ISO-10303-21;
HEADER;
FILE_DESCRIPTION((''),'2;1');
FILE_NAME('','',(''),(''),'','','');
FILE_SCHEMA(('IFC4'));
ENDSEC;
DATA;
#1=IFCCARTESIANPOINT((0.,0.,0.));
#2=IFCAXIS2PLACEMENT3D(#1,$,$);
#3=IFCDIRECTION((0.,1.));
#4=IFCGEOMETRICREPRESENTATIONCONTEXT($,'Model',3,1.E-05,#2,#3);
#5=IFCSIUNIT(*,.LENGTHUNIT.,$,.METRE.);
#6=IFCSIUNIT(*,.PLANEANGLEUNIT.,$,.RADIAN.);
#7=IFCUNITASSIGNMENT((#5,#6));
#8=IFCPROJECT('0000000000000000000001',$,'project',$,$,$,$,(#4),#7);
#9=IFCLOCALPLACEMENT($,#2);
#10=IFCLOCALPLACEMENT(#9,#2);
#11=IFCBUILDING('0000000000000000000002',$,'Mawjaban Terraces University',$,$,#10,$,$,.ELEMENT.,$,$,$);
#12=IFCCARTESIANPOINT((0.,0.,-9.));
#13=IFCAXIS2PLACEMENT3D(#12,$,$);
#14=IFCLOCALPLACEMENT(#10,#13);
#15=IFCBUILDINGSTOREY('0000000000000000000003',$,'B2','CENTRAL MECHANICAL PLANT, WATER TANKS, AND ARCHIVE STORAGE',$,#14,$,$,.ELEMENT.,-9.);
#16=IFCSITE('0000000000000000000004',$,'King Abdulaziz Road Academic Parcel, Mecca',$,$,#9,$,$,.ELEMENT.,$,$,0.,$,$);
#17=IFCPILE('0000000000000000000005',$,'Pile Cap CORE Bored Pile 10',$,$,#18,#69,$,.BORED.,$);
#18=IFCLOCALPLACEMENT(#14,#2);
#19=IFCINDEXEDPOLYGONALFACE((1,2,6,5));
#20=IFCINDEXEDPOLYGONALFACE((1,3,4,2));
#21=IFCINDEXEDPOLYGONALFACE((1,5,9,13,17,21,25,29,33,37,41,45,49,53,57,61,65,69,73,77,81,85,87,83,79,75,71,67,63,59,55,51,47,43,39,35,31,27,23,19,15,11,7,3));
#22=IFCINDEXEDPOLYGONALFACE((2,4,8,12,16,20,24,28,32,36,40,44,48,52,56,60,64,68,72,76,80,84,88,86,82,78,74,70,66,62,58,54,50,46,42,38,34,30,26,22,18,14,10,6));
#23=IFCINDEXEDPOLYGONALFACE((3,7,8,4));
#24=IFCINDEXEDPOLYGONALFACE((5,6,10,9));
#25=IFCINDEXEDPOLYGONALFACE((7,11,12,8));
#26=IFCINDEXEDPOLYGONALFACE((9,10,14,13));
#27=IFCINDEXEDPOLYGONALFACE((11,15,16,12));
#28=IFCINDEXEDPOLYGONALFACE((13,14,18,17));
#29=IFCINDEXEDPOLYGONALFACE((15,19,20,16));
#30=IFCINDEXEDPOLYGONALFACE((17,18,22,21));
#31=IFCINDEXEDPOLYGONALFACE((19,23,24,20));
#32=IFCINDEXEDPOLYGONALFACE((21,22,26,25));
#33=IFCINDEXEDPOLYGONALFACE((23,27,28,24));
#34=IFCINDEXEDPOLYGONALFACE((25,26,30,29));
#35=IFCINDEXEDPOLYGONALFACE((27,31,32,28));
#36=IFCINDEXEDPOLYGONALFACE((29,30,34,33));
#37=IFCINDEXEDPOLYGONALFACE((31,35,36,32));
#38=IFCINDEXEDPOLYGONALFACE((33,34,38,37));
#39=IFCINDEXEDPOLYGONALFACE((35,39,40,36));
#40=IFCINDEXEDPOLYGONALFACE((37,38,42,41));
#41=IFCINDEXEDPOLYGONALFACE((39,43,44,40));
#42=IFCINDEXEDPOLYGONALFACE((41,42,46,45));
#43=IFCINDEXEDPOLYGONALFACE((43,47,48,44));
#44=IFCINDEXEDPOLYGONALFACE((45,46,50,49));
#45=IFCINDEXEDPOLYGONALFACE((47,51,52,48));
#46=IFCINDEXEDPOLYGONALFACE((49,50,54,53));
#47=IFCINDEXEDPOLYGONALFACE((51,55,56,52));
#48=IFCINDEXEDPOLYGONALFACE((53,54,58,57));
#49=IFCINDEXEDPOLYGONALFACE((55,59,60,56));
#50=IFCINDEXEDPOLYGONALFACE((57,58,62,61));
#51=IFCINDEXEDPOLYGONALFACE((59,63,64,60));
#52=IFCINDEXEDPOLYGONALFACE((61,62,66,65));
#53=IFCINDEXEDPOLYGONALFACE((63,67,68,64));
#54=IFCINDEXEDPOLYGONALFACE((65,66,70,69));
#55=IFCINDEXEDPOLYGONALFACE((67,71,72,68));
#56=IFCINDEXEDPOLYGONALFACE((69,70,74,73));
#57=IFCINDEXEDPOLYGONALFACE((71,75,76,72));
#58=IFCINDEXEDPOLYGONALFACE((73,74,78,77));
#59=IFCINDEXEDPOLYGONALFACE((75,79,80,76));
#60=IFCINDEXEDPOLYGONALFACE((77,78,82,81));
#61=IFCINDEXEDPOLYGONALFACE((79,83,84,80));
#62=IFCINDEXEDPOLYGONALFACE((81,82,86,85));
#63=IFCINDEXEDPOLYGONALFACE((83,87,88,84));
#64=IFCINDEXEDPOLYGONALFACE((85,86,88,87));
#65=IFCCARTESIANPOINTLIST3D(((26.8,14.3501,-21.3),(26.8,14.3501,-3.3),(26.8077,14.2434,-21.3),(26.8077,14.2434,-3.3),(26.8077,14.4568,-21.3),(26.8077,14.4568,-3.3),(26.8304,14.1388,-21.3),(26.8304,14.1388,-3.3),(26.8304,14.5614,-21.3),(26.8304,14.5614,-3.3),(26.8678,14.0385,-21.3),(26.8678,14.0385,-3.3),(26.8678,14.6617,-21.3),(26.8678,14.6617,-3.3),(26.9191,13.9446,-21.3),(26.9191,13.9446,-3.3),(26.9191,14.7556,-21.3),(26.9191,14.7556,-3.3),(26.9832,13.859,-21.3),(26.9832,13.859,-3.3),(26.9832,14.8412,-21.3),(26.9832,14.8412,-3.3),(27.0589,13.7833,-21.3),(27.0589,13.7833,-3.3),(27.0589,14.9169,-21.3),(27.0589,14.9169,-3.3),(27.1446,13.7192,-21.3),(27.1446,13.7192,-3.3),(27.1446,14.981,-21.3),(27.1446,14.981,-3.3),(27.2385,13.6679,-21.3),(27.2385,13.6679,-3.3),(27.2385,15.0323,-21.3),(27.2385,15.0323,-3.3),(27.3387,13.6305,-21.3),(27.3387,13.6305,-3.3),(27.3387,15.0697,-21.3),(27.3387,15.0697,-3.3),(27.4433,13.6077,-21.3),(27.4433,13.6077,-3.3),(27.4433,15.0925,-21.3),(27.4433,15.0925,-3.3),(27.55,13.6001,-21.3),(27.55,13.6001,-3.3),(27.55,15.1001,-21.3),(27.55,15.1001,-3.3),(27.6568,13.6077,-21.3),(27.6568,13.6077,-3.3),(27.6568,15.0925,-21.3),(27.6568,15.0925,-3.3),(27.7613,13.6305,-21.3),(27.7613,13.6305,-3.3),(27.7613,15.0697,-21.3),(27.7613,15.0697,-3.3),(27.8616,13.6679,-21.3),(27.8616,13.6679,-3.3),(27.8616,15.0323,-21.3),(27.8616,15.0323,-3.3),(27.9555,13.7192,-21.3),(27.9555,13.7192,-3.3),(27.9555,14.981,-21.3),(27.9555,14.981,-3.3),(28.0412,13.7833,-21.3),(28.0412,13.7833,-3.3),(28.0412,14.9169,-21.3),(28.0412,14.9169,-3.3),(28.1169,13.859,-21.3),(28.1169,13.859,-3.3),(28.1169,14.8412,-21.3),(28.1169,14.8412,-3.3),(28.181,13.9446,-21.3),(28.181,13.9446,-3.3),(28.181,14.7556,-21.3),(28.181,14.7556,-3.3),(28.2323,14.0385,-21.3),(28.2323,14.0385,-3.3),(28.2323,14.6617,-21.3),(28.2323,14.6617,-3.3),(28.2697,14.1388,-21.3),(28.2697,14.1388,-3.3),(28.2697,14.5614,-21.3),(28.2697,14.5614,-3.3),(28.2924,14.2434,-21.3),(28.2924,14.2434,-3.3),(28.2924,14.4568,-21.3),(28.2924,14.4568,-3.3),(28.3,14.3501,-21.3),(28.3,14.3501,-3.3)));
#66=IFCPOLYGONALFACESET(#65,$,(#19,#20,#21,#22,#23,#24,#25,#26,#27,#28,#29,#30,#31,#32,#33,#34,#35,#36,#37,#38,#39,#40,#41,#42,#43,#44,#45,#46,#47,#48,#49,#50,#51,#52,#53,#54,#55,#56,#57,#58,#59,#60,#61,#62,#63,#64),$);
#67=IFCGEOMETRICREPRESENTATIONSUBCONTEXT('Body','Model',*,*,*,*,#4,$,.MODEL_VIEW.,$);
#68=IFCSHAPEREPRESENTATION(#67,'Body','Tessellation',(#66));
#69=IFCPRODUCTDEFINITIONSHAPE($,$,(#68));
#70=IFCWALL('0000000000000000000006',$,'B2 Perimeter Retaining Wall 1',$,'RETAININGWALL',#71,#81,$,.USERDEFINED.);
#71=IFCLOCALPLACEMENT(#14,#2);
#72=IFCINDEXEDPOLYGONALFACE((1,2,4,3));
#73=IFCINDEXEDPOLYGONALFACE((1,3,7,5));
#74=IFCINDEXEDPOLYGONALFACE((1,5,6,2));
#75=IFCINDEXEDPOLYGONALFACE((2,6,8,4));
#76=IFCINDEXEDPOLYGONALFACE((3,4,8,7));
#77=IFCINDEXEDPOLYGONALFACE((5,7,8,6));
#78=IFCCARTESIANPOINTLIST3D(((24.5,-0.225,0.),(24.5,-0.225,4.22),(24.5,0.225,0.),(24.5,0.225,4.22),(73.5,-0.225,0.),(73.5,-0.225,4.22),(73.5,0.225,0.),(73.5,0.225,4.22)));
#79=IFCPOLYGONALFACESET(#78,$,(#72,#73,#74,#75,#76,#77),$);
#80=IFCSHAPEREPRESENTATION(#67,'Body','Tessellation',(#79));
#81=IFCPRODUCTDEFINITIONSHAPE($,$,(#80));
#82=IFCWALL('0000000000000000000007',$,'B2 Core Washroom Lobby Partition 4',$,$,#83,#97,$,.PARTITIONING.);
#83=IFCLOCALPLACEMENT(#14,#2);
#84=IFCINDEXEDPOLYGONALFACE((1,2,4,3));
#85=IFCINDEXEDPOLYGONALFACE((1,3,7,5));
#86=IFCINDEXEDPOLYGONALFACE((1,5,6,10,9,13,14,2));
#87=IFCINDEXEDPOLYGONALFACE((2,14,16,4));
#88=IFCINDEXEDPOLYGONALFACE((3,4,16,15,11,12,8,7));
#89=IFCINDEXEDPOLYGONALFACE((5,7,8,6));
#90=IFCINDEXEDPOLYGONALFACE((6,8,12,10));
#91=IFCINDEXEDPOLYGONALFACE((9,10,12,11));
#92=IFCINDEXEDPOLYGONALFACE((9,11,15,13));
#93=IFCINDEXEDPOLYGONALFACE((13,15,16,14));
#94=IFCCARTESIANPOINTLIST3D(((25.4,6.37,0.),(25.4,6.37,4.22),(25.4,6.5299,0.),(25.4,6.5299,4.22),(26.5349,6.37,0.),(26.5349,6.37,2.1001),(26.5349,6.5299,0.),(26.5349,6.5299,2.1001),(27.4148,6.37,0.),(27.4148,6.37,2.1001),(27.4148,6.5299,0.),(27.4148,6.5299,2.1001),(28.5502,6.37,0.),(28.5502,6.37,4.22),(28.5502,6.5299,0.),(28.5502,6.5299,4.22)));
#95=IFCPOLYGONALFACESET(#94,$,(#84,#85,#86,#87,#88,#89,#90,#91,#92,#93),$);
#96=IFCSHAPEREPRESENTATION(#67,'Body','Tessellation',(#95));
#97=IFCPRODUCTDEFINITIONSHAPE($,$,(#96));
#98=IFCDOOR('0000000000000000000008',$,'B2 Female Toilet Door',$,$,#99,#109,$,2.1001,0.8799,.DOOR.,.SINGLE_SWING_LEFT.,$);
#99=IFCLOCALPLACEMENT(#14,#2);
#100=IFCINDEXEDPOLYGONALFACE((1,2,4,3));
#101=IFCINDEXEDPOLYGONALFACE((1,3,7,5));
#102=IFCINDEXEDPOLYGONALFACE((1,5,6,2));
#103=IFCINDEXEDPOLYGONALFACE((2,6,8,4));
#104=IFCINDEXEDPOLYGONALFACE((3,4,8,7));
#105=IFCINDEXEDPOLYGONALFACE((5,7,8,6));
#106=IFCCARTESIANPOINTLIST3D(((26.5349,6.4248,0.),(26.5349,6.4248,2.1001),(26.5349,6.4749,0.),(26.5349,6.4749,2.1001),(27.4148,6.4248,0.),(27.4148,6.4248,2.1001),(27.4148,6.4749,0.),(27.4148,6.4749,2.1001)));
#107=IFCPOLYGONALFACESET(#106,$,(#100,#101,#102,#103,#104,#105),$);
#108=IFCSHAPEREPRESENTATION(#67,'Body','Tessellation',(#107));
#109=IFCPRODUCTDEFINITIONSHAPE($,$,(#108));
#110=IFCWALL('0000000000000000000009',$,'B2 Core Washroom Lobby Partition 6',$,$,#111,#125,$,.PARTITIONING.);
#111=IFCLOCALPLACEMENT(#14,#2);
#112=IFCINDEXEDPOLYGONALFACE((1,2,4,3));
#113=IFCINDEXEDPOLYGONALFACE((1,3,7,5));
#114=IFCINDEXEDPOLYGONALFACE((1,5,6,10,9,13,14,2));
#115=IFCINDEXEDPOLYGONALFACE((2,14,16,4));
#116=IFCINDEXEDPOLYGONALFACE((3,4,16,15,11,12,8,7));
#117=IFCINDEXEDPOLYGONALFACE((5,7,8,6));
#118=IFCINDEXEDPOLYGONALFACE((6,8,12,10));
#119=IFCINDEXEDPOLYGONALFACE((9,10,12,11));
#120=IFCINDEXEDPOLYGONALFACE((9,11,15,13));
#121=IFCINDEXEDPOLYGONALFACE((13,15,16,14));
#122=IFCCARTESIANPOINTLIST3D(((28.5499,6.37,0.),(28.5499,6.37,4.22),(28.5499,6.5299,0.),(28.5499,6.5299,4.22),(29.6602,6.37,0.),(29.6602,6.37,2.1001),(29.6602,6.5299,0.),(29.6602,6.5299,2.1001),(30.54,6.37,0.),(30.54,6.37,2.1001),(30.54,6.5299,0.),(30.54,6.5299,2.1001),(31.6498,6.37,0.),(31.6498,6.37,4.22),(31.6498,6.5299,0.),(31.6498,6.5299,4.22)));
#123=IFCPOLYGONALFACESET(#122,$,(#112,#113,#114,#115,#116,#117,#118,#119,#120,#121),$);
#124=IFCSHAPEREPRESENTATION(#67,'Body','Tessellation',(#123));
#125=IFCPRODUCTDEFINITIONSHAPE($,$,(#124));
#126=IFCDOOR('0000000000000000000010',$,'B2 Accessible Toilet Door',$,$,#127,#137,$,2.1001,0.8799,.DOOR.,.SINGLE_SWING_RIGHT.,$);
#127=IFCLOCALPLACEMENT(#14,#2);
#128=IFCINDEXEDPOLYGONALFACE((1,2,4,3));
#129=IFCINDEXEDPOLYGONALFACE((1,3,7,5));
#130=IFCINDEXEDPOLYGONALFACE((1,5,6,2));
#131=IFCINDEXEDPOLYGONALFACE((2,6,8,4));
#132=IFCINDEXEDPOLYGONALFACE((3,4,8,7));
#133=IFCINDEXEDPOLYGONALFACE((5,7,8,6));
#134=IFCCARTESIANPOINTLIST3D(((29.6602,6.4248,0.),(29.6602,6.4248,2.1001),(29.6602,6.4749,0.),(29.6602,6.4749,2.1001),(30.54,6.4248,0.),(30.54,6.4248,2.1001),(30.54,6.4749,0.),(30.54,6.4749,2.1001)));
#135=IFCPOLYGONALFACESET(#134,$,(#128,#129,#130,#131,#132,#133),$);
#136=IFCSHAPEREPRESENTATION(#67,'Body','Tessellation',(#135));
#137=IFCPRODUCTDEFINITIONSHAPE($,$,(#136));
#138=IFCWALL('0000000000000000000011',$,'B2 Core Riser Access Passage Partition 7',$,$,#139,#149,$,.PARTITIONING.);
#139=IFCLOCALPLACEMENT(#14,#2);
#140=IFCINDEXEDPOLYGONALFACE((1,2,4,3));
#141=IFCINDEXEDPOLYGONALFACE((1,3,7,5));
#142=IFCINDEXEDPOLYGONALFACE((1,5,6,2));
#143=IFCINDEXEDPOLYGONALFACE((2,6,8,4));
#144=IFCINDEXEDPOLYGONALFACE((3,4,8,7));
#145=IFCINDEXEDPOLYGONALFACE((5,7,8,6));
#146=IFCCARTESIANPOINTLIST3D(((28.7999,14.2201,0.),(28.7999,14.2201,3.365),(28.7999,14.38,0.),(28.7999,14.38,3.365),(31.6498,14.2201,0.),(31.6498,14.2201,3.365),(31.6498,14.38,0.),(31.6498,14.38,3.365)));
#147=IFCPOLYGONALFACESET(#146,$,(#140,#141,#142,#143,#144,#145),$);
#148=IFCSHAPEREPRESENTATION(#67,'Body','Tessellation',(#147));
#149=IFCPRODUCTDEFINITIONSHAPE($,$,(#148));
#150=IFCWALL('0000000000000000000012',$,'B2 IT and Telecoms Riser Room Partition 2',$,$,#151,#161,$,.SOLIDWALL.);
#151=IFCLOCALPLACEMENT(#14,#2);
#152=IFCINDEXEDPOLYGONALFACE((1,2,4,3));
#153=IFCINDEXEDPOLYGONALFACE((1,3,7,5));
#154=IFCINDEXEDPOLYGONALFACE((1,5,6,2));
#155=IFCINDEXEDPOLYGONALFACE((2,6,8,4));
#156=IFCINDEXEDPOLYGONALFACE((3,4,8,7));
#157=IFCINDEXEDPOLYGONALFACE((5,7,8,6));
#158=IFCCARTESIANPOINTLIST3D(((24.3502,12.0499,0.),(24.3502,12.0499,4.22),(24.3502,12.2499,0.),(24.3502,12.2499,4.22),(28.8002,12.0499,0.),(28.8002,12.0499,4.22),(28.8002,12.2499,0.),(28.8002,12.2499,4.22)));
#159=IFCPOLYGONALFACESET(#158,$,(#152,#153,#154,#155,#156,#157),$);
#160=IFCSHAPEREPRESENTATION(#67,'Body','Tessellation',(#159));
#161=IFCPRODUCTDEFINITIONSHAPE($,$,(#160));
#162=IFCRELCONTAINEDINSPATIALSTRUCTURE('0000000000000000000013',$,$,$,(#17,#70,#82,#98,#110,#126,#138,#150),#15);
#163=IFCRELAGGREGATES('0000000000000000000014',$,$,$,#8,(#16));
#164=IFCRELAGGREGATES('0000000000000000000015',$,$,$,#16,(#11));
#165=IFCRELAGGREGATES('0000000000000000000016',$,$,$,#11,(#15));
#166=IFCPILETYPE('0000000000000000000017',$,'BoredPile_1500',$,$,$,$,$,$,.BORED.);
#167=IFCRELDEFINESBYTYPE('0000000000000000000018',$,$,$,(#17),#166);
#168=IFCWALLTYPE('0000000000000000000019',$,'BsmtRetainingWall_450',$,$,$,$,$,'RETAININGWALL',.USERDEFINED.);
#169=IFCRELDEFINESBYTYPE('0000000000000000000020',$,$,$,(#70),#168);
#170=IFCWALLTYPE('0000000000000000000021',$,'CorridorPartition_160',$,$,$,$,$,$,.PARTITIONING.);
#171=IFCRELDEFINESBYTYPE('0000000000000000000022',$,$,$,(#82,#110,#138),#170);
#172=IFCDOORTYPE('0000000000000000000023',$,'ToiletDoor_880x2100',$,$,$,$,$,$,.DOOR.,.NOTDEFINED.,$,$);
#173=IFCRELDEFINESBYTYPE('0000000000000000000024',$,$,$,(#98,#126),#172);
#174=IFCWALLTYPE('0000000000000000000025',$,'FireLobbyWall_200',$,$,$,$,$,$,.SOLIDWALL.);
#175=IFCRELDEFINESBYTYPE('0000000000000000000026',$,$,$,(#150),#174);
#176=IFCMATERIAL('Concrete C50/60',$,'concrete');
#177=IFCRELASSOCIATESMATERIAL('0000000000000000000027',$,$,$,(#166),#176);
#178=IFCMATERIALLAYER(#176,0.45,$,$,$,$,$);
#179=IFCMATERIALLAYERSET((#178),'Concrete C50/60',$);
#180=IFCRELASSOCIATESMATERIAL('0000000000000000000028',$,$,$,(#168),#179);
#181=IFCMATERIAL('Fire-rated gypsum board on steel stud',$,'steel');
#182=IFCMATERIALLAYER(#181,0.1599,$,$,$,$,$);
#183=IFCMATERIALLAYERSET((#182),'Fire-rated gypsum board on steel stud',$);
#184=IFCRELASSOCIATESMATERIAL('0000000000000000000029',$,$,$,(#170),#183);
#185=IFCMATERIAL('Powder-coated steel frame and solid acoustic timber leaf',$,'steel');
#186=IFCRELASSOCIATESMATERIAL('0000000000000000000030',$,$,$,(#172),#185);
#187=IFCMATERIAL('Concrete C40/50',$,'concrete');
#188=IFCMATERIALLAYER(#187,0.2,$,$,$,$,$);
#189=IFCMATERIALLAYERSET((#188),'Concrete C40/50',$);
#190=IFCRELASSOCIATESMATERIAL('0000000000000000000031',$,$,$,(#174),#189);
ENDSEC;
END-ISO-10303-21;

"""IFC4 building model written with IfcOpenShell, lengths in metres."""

from ifc_helpers import new_model, si_unit, direction, frame, frame_2d, origin, origin_2d, place, context, subcontext, project, spatial, rectangle, circle, extrude, material, layer, layer_set, material_profile, profile_set, type_object, element, fill, save


model = new_model("IFC4")

# Units and contexts
model_context = context("Model", 3, precision=1e-05, world=origin(), true_north=direction((0.0, 1.0)))
body_context = subcontext(model_context, "Body", "Model", "MODEL_VIEW")
ifc_project = project(units=[si_unit("LENGTHUNIT", "METRE"), si_unit("PLANEANGLEUNIT", "RADIAN")], contexts=[model_context])

# Site, building, storey
site_placement = place(None, origin())
site = spatial("IfcSite", under=ifc_project, at=site_placement, Name="King Abdulaziz Road Academic Parcel, Mecca", CompositionType="ELEMENT", RefElevation=0.0)
building_placement = place(site_placement, origin())
building = spatial("IfcBuilding", under=site, at=building_placement, Name="Mawjaban Terraces University", CompositionType="ELEMENT")
storey_placement = place(building_placement, frame((0.0, 0.0, -9.0)))
storey = spatial("IfcBuildingStorey", under=building, at=storey_placement, Name="B2", Description="CENTRAL MECHANICAL PLANT, WATER TANKS, AND ARCHIVE STORAGE", CompositionType="ELEMENT", Elevation=-9.0)

# Pile
ifc_material_1 = material(Name="Concrete C50/60", Category="concrete")
ifc_material_profile = material_profile(ifc_material_1, circle(Radius=0.75, at=origin_2d()), Name="PILE1500")
ifc_profile_set = profile_set([ifc_material_profile], Name="Concrete C50/60")
pile_type = type_object("IfcPileType", Name="BoredPile_1500", PredefinedType="BORED", material=ifc_profile_set)
for number, where, z_axis, x_axis, name in (
    (1, (27.55, 14.3501, -3.3), (0.0, 0.0, -1.0), (1.0, 0.0, 0.0), "Pile Cap CORE Bored Pile 10"),
):
    element("IfcPile", number, at=place(storey_placement, frame(where, z_axis=z_axis, x_axis=x_axis)), inside=storey, type_object=pile_type, Name=name, PredefinedType="BORED", context=body_context, shape_type="SweptSolid", body=[
        extrude(circle(Radius=0.75, at=origin_2d()), origin(), (0.0, 0.0, 1.0), 18.0),
    ])

# Wall
ifc_layer_1 = layer(ifc_material_1, 0.45)
ifc_layer_set_1 = layer_set([ifc_layer_1], Name="Concrete C50/60")
wall_type_1 = type_object("IfcWallType", Name="BsmtRetainingWall_450", ElementType="RETAININGWALL", PredefinedType="USERDEFINED", material=ifc_layer_set_1)
wall_1_placement = place(storey_placement, frame((24.5, 0.0, 0.0), z_axis=(0.0, 0.0, 1.0), x_axis=(1.0, 0.0, 0.0)))
element("IfcWall", 2, at=wall_1_placement, inside=storey, type_object=wall_type_1, Name="B2 Perimeter Retaining Wall 1", ObjectType="RETAININGWALL", PredefinedType="USERDEFINED", context=body_context, shape_type="SweptSolid", body=[
    extrude(rectangle(XDim=49.0, YDim=0.45, at=frame_2d((24.5, 0.0))), origin(), (0.0, 0.0, 1.0), 4.22),
])

# Walls, openings, doors
ifc_material_2 = material(Name="Fire-rated gypsum board on steel stud", Category="steel")
ifc_layer_2 = layer(ifc_material_2, 0.1599)
ifc_layer_set_2 = layer_set([ifc_layer_2], Name="Fire-rated gypsum board on steel stud")
wall_type_2 = type_object("IfcWallType", Name="CorridorPartition_160", PredefinedType="PARTITIONING", material=ifc_layer_set_2)
wall_2_placement = place(storey_placement, frame((25.3999, 6.45, 0.0), z_axis=(0.0, 0.0, 1.0), x_axis=(1.0, 0.0, 0.0)))
wall_2 = element("IfcWall", 3, at=wall_2_placement, inside=storey, type_object=wall_type_2, Name="B2 Core Washroom Lobby Partition 4", PredefinedType="PARTITIONING", context=body_context, shape_type="SweptSolid", body=[
    extrude(rectangle(XDim=3.1501, YDim=0.1599, at=frame_2d((1.5752, 0.0))), origin(), (0.0, 0.0, 1.0), 4.22),
])
opening_1_placement = place(wall_2_placement, frame((1.135, 0.0, 0.0)))
opening_1 = element("IfcOpeningElement", 4, at=opening_1_placement, cuts=wall_2, PredefinedType="OPENING", context=body_context, shape_type="SweptSolid", body=[
    extrude(rectangle(XDim=0.8799, YDim=2.1001, at=frame_2d((0.4399, 1.05))), frame((0.0, 0.0898, 0.0), z_axis=(0.0, -1.0, 0.0), x_axis=(1.0, 0.0, 0.0)), (0.0, 0.0, 1.0), 0.1799),
])
ifc_material_3 = material(Name="Powder-coated steel frame and solid acoustic timber leaf", Category="steel")
door_type_1 = type_object("IfcDoorType", Name="ToiletDoor_880x2100", OperationType="NOTDEFINED", PredefinedType="DOOR", material=ifc_material_3)
door_1_placement = place(opening_1_placement, origin())
door_1 = element("IfcDoor", 5, at=door_1_placement, inside=storey, type_object=door_type_1, Name="B2 Female Toilet Door", OperationType="SINGLE_SWING_LEFT", OverallHeight=2.1001, OverallWidth=0.8799, PredefinedType="DOOR", context=body_context, shape_type="SweptSolid", body=[
    extrude(rectangle(XDim=0.8799, YDim=2.1001, at=frame_2d((0.4399, 1.05))), frame((0.0, 0.0249, 0.0), z_axis=(0.0, -1.0, 0.0), x_axis=(1.0, 0.0, 0.0)), (0.0, 0.0, 1.0), 0.05),
])
fill(opening_1, door_1)
wall_3_placement = place(storey_placement, frame((28.55, 6.45, 0.0), z_axis=(0.0, 0.0, 1.0), x_axis=(1.0, 0.0, 0.0)))
wall_3 = element("IfcWall", 6, at=wall_3_placement, inside=storey, type_object=wall_type_2, Name="B2 Core Washroom Lobby Partition 6", PredefinedType="PARTITIONING", context=body_context, shape_type="SweptSolid", body=[
    extrude(rectangle(XDim=3.0999, YDim=0.1599, at=frame_2d((1.5498, 0.0))), origin(), (0.0, 0.0, 1.0), 4.22),
])
opening_2_placement = place(wall_3_placement, frame((1.1101, 0.0, 0.0)))
opening_2 = element("IfcOpeningElement", 7, at=opening_2_placement, cuts=wall_3, PredefinedType="OPENING", context=body_context, shape_type="SweptSolid", body=[
    extrude(rectangle(XDim=0.8799, YDim=2.1001, at=frame_2d((0.4399, 1.05))), frame((0.0, 0.0898, 0.0), z_axis=(0.0, -1.0, 0.0), x_axis=(1.0, 0.0, 0.0)), (0.0, 0.0, 1.0), 0.1799),
])
door_2_placement = place(opening_2_placement, origin())
door_2 = element("IfcDoor", 8, at=door_2_placement, inside=storey, type_object=door_type_1, Name="B2 Accessible Toilet Door", OperationType="SINGLE_SWING_RIGHT", OverallHeight=2.1001, OverallWidth=0.8799, PredefinedType="DOOR", context=body_context, shape_type="SweptSolid", body=[
    extrude(rectangle(XDim=0.8799, YDim=2.1001, at=frame_2d((0.4399, 1.05))), frame((0.0, 0.0249, 0.0), z_axis=(0.0, -1.0, 0.0), x_axis=(1.0, 0.0, 0.0)), (0.0, 0.0, 1.0), 0.05),
])
fill(opening_2, door_2)

# Walls
wall_4_placement = place(storey_placement, frame((28.8, 14.3, 0.0), z_axis=(0.0, 0.0, 1.0), x_axis=(1.0, 0.0, 0.0)))
element("IfcWall", 9, at=wall_4_placement, inside=storey, type_object=wall_type_2, Name="B2 Core Riser Access Passage Partition 7", PredefinedType="PARTITIONING", context=body_context, shape_type="SweptSolid", body=[
    extrude(rectangle(XDim=2.8499, YDim=0.1599, at=frame_2d((1.4248, 0.0))), origin(), (0.0, 0.0, 1.0), 3.365),
])
ifc_material_4 = material(Name="Concrete C40/50", Category="concrete")
ifc_layer_3 = layer(ifc_material_4, 0.2)
ifc_layer_set_3 = layer_set([ifc_layer_3], Name="Concrete C40/50")
wall_type_3 = type_object("IfcWallType", Name="FireLobbyWall_200", PredefinedType="SOLIDWALL", material=ifc_layer_set_3)
wall_5_placement = place(storey_placement, frame((24.3501, 12.1499, 0.0), z_axis=(0.0, 0.0, 1.0), x_axis=(1.0, 0.0, 0.0)))
element("IfcWall", 10, at=wall_5_placement, inside=storey, type_object=wall_type_3, Name="B2 IT and Telecoms Riser Room Partition 2", PredefinedType="SOLIDWALL", context=body_context, shape_type="SweptSolid", body=[
    extrude(rectangle(XDim=4.45, YDim=0.2, at=frame_2d((2.2251, 0.0))), origin(), (0.0, 0.0, 1.0), 4.22),
])

save(model, "model.ifc")
